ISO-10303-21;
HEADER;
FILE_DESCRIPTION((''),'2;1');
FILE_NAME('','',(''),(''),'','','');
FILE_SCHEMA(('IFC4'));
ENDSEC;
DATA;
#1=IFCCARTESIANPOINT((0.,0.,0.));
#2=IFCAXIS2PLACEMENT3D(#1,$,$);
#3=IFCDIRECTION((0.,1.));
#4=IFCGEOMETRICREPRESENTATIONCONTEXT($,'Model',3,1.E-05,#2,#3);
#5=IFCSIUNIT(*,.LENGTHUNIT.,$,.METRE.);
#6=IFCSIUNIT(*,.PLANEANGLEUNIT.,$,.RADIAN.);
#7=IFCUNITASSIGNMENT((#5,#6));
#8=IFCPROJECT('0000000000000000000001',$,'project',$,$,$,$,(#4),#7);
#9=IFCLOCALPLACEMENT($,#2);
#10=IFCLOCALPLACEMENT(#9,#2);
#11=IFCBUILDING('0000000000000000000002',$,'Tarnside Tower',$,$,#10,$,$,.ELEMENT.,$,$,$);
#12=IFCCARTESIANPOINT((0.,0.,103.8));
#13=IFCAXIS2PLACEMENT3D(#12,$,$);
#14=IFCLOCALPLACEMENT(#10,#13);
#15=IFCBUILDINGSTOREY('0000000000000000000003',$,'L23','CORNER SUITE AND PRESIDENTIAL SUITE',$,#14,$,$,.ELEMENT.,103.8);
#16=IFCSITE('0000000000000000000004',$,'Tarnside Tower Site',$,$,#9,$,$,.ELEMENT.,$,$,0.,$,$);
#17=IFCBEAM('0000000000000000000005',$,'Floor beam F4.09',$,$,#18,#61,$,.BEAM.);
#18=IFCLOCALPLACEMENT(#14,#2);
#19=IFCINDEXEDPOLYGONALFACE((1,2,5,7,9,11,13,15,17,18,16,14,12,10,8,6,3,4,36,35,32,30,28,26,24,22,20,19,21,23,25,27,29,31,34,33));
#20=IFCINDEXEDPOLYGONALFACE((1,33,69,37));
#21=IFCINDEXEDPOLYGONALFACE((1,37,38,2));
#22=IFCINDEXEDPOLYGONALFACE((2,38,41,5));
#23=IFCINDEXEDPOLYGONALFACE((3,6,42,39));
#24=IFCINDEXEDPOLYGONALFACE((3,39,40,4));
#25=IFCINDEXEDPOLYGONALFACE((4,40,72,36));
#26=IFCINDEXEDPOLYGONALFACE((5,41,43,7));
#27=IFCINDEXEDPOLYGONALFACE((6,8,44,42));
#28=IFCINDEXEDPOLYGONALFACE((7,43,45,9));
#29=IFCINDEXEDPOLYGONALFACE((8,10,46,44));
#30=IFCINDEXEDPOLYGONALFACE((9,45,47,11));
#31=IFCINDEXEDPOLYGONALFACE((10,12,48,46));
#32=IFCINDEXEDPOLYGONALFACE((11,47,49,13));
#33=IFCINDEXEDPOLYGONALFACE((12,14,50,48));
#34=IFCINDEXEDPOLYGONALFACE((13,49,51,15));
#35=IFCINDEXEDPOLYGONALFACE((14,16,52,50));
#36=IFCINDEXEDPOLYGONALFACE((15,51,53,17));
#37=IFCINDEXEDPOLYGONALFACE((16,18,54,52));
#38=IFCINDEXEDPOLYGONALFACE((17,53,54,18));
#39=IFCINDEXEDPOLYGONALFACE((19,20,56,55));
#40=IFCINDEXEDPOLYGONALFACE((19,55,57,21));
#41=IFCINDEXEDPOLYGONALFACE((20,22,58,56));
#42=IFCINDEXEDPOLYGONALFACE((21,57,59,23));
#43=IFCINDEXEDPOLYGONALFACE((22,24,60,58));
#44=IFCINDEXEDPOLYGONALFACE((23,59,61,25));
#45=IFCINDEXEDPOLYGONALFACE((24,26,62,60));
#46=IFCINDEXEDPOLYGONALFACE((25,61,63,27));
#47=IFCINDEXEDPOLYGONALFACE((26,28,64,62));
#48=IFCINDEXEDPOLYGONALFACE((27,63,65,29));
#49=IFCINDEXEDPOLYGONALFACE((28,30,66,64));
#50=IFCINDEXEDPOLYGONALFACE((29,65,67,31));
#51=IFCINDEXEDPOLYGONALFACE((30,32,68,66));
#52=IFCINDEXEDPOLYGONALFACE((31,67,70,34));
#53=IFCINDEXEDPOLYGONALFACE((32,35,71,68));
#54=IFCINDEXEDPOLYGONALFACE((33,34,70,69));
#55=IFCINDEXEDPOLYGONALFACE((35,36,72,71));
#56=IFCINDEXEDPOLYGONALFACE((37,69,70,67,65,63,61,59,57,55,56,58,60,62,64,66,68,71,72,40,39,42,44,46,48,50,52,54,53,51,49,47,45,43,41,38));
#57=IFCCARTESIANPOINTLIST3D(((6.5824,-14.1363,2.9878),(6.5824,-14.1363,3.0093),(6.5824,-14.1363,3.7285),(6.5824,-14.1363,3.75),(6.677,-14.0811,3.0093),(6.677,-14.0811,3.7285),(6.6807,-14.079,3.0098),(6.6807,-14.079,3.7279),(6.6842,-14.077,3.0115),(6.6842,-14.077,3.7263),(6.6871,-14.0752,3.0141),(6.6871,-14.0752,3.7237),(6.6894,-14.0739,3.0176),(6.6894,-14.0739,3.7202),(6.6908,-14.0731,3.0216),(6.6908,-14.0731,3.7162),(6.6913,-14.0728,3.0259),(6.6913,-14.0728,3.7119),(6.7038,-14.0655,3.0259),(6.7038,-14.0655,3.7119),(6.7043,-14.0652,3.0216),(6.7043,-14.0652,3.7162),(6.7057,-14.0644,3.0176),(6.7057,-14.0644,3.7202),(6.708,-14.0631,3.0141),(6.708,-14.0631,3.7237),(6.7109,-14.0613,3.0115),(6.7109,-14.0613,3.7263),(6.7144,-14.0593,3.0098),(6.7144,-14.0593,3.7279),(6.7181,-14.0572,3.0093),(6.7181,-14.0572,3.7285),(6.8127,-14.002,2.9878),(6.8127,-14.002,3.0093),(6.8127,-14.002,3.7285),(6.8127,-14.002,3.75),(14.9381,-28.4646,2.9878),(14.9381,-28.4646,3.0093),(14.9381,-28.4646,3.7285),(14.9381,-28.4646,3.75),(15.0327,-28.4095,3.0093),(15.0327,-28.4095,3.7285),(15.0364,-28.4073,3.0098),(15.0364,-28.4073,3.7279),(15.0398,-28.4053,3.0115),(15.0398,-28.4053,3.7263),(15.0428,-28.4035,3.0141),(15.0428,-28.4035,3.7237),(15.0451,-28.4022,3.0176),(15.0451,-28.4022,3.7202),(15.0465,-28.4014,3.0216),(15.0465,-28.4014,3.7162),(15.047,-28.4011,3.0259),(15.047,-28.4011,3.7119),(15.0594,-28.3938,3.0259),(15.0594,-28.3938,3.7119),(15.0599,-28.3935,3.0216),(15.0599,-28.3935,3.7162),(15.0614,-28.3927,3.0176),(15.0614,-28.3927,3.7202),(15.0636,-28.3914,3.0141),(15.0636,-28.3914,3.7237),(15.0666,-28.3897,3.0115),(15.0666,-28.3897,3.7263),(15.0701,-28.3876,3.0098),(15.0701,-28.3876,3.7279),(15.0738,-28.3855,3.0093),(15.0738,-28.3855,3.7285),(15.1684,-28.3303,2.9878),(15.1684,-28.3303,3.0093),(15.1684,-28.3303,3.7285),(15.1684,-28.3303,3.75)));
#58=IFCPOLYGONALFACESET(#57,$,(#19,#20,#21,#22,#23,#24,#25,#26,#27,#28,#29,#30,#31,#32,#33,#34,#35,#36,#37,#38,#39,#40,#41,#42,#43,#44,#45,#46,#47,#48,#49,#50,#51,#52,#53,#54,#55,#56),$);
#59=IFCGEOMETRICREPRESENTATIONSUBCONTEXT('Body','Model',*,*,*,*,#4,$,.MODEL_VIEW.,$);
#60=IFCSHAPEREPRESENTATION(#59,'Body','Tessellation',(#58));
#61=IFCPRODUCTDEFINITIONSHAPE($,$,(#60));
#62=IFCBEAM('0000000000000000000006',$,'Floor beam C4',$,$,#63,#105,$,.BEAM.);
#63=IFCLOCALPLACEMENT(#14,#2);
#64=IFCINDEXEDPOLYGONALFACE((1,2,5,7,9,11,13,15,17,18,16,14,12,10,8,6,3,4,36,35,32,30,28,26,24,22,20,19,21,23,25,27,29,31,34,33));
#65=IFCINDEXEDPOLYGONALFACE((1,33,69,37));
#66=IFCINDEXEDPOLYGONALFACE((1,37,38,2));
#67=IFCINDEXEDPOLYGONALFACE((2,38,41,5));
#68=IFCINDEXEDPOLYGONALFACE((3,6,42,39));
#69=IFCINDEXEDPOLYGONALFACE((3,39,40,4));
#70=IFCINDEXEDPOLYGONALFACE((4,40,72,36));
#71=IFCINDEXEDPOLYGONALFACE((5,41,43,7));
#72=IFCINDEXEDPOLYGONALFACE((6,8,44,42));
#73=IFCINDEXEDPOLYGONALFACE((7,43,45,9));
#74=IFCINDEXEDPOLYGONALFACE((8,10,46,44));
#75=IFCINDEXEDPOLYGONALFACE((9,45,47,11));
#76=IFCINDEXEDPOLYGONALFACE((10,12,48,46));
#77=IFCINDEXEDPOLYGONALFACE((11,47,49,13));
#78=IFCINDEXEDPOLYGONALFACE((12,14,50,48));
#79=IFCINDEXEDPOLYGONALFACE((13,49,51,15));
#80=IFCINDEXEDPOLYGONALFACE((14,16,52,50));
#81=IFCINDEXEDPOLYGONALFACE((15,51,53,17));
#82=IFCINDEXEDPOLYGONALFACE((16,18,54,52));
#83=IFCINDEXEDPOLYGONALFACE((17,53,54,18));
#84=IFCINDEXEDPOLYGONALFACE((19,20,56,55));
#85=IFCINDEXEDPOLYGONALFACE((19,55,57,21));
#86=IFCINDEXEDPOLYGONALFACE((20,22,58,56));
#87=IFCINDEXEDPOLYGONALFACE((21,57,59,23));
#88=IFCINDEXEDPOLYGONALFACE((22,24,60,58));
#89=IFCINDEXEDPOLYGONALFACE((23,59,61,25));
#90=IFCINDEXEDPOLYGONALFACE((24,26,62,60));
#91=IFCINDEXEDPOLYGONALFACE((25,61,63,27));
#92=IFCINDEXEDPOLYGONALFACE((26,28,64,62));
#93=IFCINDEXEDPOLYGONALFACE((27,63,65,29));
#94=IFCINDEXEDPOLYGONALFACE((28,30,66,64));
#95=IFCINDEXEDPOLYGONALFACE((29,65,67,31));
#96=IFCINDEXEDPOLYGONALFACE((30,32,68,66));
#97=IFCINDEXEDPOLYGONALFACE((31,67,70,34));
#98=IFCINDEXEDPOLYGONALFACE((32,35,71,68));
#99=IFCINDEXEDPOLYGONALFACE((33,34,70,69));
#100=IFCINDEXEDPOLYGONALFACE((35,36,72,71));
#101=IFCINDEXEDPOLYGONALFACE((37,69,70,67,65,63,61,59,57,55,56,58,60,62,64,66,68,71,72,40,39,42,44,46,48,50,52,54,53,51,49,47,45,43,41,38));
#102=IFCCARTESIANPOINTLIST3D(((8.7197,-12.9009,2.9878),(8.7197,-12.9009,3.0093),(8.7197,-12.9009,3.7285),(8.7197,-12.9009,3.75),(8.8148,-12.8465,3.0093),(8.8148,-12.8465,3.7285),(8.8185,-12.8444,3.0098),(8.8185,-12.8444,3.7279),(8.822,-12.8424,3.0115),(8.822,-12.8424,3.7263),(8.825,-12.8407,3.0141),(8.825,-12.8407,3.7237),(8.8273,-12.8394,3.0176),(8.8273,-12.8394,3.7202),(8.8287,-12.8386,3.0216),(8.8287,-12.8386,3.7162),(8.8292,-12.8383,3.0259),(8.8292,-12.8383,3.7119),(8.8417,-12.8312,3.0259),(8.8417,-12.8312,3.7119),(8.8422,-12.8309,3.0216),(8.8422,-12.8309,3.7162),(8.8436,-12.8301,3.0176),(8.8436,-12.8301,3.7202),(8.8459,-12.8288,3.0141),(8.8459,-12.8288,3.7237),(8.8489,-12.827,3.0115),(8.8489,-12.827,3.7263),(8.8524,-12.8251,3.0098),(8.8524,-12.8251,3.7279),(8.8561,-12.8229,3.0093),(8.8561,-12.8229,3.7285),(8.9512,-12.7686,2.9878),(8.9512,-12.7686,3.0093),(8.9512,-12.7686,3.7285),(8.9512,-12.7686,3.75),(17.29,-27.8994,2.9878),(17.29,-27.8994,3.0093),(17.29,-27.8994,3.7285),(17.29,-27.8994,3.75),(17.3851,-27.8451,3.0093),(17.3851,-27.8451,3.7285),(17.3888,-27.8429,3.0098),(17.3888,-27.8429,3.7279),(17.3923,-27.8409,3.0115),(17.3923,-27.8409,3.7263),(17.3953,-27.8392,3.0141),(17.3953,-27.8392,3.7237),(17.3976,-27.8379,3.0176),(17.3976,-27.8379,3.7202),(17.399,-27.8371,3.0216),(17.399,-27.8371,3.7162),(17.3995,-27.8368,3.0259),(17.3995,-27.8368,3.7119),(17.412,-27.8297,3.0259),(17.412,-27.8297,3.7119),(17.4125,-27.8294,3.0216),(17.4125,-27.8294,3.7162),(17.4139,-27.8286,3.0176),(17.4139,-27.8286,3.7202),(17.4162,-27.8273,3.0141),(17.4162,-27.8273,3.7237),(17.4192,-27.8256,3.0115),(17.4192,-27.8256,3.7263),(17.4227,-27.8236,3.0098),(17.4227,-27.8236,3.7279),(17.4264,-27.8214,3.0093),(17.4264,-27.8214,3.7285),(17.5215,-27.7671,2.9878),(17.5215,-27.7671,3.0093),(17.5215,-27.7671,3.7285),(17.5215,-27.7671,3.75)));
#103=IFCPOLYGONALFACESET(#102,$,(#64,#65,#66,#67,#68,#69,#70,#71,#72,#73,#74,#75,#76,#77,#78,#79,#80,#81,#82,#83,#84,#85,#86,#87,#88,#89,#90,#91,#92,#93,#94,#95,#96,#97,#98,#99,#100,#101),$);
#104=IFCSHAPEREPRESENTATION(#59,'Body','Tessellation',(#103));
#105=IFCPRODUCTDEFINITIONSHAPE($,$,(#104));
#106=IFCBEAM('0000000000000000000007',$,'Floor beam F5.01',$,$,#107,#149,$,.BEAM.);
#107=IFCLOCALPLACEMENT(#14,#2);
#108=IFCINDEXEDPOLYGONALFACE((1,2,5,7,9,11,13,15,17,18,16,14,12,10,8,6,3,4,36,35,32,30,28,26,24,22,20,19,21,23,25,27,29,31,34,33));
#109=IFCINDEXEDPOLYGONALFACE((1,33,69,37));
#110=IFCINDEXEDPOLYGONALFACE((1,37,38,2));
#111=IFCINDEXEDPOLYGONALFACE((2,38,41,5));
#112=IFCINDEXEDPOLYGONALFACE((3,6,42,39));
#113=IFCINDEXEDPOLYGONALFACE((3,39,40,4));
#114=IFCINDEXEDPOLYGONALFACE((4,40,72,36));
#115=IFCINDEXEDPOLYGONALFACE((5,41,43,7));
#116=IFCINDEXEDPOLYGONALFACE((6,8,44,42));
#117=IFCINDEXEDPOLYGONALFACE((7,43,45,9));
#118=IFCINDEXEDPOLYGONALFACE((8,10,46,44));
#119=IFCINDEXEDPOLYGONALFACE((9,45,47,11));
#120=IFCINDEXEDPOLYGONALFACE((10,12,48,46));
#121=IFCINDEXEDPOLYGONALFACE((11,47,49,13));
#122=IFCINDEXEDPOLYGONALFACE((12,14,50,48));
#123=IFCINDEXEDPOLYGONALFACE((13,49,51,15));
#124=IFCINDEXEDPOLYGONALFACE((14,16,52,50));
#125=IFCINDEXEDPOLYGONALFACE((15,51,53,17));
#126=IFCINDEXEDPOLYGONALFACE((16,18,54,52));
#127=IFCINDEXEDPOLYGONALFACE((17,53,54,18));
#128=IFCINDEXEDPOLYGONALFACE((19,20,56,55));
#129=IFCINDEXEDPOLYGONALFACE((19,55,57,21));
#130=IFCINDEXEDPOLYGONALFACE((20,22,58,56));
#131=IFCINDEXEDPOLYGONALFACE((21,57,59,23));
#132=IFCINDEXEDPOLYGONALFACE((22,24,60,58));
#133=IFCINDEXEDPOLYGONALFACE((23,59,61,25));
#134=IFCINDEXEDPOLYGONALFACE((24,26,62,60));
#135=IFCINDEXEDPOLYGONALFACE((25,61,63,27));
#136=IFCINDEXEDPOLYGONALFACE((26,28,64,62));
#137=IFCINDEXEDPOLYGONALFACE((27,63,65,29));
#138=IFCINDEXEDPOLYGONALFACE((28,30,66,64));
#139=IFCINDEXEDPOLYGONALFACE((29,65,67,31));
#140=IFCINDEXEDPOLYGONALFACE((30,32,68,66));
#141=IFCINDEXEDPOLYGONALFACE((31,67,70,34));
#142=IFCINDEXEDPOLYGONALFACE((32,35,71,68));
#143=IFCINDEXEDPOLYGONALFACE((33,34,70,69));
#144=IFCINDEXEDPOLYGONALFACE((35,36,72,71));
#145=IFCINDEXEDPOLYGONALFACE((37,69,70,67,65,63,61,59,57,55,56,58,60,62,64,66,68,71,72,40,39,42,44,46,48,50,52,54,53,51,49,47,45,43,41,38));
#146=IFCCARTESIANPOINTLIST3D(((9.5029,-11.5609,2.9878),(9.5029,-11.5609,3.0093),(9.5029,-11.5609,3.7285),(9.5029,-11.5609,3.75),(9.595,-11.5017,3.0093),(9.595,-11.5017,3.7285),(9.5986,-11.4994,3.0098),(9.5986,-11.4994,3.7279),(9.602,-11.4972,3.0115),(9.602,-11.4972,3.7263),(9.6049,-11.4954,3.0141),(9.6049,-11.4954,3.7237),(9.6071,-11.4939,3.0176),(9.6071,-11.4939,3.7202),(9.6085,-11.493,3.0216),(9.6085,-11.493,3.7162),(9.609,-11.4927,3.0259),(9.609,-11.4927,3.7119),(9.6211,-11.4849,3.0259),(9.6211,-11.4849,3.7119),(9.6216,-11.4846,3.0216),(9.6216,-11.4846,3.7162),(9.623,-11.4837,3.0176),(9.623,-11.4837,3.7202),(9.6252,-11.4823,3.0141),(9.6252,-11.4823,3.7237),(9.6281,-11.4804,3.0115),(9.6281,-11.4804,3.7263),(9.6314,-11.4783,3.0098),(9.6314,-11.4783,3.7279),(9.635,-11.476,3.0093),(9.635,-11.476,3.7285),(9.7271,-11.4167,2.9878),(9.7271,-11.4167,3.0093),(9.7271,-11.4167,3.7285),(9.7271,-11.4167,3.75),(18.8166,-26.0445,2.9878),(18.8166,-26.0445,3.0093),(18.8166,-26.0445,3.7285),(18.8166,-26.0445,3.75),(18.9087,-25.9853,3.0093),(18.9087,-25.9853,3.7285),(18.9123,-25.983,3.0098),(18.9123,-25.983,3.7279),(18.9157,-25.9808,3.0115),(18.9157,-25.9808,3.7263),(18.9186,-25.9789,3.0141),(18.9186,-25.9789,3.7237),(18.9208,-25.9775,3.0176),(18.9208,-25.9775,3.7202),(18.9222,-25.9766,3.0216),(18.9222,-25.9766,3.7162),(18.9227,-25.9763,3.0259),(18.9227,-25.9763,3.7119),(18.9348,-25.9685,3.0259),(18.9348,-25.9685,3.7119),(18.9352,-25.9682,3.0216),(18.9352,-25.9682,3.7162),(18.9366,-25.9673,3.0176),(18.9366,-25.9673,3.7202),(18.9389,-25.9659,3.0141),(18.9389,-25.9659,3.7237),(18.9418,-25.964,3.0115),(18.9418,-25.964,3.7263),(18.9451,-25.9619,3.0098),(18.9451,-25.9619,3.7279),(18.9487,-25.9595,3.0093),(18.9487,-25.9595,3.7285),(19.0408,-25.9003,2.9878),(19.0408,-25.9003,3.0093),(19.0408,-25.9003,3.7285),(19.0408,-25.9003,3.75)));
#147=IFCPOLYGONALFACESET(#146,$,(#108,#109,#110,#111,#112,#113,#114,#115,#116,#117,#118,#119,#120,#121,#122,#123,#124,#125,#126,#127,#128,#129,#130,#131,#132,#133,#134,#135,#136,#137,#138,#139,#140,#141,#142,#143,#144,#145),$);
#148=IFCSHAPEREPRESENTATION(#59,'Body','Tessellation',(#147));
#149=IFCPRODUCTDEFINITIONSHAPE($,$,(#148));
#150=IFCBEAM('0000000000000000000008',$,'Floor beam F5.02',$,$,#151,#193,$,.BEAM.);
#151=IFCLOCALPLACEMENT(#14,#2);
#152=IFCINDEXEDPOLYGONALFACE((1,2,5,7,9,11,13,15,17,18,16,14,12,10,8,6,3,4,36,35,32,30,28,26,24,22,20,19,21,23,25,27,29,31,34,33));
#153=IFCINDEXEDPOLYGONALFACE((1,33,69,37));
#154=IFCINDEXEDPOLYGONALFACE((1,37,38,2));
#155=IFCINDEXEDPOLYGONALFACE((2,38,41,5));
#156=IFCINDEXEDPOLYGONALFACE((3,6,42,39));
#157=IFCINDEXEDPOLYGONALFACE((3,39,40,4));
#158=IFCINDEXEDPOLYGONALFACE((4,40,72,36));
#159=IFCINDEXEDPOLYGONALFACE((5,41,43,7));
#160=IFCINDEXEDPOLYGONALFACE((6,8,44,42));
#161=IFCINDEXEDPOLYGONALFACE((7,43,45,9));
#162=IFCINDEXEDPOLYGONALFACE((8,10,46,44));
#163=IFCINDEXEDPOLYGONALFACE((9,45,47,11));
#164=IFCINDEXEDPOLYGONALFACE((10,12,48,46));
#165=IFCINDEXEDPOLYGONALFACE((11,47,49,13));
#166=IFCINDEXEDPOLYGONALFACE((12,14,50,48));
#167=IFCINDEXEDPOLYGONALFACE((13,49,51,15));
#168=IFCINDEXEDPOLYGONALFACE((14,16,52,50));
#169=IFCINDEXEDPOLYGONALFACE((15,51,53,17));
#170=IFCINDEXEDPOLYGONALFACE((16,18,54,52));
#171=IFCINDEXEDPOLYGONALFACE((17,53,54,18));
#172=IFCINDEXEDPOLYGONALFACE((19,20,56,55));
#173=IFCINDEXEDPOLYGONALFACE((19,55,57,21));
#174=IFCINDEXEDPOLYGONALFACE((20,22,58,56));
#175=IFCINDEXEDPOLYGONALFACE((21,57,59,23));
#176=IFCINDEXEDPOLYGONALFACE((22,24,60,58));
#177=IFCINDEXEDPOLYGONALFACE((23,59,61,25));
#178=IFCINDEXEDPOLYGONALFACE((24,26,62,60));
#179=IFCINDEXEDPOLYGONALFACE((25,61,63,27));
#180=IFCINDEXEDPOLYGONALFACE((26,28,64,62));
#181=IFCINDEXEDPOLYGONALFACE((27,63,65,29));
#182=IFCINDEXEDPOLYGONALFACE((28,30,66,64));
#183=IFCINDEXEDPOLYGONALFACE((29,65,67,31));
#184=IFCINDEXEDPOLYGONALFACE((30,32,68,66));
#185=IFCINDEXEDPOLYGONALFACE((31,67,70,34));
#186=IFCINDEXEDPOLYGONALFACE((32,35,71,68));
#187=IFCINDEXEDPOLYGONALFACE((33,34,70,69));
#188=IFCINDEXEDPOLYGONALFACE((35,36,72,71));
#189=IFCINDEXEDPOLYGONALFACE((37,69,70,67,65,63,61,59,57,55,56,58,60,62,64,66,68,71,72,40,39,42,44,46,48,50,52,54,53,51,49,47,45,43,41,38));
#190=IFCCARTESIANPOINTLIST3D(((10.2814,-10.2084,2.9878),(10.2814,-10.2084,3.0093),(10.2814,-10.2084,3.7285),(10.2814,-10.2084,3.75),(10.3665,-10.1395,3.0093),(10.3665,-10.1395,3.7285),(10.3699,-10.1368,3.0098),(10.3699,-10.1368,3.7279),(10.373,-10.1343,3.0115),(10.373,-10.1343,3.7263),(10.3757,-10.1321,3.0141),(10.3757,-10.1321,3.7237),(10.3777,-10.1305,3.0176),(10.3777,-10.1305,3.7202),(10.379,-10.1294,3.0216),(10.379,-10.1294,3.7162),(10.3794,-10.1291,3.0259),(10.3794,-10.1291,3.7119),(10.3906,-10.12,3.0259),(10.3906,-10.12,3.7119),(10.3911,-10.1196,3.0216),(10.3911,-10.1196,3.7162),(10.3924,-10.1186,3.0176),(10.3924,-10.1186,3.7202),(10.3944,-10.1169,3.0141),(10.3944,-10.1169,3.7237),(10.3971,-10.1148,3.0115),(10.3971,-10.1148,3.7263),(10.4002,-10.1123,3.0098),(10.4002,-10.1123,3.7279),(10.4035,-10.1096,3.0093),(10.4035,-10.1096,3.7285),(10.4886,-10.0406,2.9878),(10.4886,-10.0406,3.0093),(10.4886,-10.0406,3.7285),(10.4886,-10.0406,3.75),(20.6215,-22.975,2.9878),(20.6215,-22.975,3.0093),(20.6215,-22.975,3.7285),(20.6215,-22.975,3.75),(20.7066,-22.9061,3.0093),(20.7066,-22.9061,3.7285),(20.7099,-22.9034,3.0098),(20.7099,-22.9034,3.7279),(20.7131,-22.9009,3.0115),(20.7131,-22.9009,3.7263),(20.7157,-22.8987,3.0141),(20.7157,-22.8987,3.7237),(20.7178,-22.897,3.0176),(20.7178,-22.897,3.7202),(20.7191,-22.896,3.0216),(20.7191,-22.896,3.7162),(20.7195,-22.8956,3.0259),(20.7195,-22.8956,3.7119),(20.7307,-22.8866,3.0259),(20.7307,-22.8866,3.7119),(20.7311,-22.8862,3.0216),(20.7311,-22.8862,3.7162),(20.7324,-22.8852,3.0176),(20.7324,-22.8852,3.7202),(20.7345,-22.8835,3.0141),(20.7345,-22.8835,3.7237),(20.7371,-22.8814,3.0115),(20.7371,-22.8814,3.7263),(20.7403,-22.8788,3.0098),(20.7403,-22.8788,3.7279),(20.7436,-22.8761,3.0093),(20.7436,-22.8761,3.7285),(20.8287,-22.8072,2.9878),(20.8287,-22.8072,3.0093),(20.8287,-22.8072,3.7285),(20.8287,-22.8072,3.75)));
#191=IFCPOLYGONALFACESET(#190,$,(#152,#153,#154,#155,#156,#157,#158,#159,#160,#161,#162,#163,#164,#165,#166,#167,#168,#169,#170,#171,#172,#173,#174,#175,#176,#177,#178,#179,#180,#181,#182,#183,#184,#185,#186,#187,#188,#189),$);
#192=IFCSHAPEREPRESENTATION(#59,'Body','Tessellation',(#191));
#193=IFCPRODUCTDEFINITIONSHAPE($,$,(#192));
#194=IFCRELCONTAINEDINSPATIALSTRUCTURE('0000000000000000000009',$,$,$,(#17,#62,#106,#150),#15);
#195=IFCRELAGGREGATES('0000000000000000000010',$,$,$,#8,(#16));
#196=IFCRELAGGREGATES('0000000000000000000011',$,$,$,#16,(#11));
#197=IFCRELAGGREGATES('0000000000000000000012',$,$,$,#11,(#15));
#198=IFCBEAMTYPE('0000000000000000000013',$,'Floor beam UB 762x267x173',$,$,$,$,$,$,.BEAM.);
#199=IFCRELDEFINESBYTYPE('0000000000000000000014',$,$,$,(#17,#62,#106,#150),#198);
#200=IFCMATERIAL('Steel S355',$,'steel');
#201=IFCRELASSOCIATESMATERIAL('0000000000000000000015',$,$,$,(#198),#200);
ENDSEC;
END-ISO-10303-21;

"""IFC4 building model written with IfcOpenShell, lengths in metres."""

from ifc_helpers import new_model, si_unit, direction, frame, origin, origin_2d, place, context, subcontext, project, spatial, i_section, extrude, material, material_profile, profile_set, type_object, element, save


model = new_model("IFC4")

# Units and contexts
model_context = context("Model", 3, precision=1e-05, world=origin(), true_north=direction((0.0, 1.0)))
body_context = subcontext(model_context, "Body", "Model", "MODEL_VIEW")
ifc_project = project(units=[si_unit("LENGTHUNIT", "METRE"), si_unit("PLANEANGLEUNIT", "RADIAN")], contexts=[model_context])

# Site, building, storey
site_placement = place(None, origin())
site = spatial("IfcSite", under=ifc_project, at=site_placement, Name="Tarnside Tower Site", CompositionType="ELEMENT", RefElevation=0.0)
building_placement = place(site_placement, origin())
building = spatial("IfcBuilding", under=site, at=building_placement, Name="Tarnside Tower", CompositionType="ELEMENT")
storey_placement = place(building_placement, frame((0.0, 0.0, 103.8)))
storey = spatial("IfcBuildingStorey", under=building, at=storey_placement, Name="L23", Description="CORNER SUITE AND PRESIDENTIAL SUITE", CompositionType="ELEMENT", Elevation=103.8)

# Beams
ifc_material_1 = material(Name="Steel S355", Category="steel")
ifc_material_profile = material_profile(ifc_material_1, i_section(OverallWidth=0.2666, OverallDepth=0.7622, WebThickness=0.0144, FlangeThickness=0.0215, FilletRadius=0.0166, at=origin_2d()), Name="UB 762x267x173")
ifc_profile_set = profile_set([ifc_material_profile], Name="Steel S355")
beam_type = type_object("IfcBeamType", Name="Floor beam UB 762x267x173", PredefinedType="BEAM", material=ifc_profile_set)
beam_1_placement = place(storey_placement, frame((15.0532, -28.3975, 3.3689), z_axis=(-0.503758, 0.863845, 0.0), x_axis=(-0.863845, -0.503758, 0.0)))
element("IfcBeam", 1, at=beam_1_placement, inside=storey, type_object=beam_type, Name="Floor beam F4.09", PredefinedType="BEAM", context=body_context, shape_type="SweptSolid", body=[
    extrude(i_section(OverallWidth=0.2666, OverallDepth=0.7622, WebThickness=0.0144, FlangeThickness=0.0215, FilletRadius=0.0166, at=origin_2d()), origin(), (0.0, 0.0, 1.0), 16.5867),
])
beam_2_placement = place(storey_placement, frame((17.4058, -27.8333, 3.3689), z_axis=(-0.496127, 0.86825, 0.0), x_axis=(-0.86825, -0.496127, 0.0)))
element("IfcBeam", 2, at=beam_2_placement, inside=storey, type_object=beam_type, Name="Floor beam C4", PredefinedType="BEAM", context=body_context, shape_type="SweptSolid", body=[
    extrude(i_section(OverallWidth=0.2666, OverallDepth=0.7622, WebThickness=0.0144, FlangeThickness=0.0215, FilletRadius=0.0166, at=origin_2d()), origin(), (0.0, 0.0, 1.0), 17.2744),
])
beam_3_placement = place(storey_placement, frame((18.9287, -25.9724, 3.3689), z_axis=(-0.540873, 0.841104, 0.0), x_axis=(-0.841104, -0.540873, 0.0)))
element("IfcBeam", 3, at=beam_3_placement, inside=storey, type_object=beam_type, Name="Floor beam F5.01", PredefinedType="BEAM", context=body_context, shape_type="SweptSolid", body=[
    extrude(i_section(OverallWidth=0.2666, OverallDepth=0.7622, WebThickness=0.0144, FlangeThickness=0.0215, FilletRadius=0.0166, at=origin_2d()), origin(), (0.0, 0.0, 1.0), 17.2197),
])
beam_4_placement = place(storey_placement, frame((20.7251, -22.8911, 3.3689), z_axis=(-0.62939, 0.777089, 0.0), x_axis=(-0.777089, -0.62939, 0.0)))
element("IfcBeam", 4, at=beam_4_placement, inside=storey, type_object=beam_type, Name="Floor beam F5.02", PredefinedType="BEAM", context=body_context, shape_type="SweptSolid", body=[
    extrude(i_section(OverallWidth=0.2666, OverallDepth=0.7622, WebThickness=0.0144, FlangeThickness=0.0215, FilletRadius=0.0166, at=origin_2d()), origin(), (0.0, 0.0, 1.0), 16.4287),
])

save(model, "model.ifc")
